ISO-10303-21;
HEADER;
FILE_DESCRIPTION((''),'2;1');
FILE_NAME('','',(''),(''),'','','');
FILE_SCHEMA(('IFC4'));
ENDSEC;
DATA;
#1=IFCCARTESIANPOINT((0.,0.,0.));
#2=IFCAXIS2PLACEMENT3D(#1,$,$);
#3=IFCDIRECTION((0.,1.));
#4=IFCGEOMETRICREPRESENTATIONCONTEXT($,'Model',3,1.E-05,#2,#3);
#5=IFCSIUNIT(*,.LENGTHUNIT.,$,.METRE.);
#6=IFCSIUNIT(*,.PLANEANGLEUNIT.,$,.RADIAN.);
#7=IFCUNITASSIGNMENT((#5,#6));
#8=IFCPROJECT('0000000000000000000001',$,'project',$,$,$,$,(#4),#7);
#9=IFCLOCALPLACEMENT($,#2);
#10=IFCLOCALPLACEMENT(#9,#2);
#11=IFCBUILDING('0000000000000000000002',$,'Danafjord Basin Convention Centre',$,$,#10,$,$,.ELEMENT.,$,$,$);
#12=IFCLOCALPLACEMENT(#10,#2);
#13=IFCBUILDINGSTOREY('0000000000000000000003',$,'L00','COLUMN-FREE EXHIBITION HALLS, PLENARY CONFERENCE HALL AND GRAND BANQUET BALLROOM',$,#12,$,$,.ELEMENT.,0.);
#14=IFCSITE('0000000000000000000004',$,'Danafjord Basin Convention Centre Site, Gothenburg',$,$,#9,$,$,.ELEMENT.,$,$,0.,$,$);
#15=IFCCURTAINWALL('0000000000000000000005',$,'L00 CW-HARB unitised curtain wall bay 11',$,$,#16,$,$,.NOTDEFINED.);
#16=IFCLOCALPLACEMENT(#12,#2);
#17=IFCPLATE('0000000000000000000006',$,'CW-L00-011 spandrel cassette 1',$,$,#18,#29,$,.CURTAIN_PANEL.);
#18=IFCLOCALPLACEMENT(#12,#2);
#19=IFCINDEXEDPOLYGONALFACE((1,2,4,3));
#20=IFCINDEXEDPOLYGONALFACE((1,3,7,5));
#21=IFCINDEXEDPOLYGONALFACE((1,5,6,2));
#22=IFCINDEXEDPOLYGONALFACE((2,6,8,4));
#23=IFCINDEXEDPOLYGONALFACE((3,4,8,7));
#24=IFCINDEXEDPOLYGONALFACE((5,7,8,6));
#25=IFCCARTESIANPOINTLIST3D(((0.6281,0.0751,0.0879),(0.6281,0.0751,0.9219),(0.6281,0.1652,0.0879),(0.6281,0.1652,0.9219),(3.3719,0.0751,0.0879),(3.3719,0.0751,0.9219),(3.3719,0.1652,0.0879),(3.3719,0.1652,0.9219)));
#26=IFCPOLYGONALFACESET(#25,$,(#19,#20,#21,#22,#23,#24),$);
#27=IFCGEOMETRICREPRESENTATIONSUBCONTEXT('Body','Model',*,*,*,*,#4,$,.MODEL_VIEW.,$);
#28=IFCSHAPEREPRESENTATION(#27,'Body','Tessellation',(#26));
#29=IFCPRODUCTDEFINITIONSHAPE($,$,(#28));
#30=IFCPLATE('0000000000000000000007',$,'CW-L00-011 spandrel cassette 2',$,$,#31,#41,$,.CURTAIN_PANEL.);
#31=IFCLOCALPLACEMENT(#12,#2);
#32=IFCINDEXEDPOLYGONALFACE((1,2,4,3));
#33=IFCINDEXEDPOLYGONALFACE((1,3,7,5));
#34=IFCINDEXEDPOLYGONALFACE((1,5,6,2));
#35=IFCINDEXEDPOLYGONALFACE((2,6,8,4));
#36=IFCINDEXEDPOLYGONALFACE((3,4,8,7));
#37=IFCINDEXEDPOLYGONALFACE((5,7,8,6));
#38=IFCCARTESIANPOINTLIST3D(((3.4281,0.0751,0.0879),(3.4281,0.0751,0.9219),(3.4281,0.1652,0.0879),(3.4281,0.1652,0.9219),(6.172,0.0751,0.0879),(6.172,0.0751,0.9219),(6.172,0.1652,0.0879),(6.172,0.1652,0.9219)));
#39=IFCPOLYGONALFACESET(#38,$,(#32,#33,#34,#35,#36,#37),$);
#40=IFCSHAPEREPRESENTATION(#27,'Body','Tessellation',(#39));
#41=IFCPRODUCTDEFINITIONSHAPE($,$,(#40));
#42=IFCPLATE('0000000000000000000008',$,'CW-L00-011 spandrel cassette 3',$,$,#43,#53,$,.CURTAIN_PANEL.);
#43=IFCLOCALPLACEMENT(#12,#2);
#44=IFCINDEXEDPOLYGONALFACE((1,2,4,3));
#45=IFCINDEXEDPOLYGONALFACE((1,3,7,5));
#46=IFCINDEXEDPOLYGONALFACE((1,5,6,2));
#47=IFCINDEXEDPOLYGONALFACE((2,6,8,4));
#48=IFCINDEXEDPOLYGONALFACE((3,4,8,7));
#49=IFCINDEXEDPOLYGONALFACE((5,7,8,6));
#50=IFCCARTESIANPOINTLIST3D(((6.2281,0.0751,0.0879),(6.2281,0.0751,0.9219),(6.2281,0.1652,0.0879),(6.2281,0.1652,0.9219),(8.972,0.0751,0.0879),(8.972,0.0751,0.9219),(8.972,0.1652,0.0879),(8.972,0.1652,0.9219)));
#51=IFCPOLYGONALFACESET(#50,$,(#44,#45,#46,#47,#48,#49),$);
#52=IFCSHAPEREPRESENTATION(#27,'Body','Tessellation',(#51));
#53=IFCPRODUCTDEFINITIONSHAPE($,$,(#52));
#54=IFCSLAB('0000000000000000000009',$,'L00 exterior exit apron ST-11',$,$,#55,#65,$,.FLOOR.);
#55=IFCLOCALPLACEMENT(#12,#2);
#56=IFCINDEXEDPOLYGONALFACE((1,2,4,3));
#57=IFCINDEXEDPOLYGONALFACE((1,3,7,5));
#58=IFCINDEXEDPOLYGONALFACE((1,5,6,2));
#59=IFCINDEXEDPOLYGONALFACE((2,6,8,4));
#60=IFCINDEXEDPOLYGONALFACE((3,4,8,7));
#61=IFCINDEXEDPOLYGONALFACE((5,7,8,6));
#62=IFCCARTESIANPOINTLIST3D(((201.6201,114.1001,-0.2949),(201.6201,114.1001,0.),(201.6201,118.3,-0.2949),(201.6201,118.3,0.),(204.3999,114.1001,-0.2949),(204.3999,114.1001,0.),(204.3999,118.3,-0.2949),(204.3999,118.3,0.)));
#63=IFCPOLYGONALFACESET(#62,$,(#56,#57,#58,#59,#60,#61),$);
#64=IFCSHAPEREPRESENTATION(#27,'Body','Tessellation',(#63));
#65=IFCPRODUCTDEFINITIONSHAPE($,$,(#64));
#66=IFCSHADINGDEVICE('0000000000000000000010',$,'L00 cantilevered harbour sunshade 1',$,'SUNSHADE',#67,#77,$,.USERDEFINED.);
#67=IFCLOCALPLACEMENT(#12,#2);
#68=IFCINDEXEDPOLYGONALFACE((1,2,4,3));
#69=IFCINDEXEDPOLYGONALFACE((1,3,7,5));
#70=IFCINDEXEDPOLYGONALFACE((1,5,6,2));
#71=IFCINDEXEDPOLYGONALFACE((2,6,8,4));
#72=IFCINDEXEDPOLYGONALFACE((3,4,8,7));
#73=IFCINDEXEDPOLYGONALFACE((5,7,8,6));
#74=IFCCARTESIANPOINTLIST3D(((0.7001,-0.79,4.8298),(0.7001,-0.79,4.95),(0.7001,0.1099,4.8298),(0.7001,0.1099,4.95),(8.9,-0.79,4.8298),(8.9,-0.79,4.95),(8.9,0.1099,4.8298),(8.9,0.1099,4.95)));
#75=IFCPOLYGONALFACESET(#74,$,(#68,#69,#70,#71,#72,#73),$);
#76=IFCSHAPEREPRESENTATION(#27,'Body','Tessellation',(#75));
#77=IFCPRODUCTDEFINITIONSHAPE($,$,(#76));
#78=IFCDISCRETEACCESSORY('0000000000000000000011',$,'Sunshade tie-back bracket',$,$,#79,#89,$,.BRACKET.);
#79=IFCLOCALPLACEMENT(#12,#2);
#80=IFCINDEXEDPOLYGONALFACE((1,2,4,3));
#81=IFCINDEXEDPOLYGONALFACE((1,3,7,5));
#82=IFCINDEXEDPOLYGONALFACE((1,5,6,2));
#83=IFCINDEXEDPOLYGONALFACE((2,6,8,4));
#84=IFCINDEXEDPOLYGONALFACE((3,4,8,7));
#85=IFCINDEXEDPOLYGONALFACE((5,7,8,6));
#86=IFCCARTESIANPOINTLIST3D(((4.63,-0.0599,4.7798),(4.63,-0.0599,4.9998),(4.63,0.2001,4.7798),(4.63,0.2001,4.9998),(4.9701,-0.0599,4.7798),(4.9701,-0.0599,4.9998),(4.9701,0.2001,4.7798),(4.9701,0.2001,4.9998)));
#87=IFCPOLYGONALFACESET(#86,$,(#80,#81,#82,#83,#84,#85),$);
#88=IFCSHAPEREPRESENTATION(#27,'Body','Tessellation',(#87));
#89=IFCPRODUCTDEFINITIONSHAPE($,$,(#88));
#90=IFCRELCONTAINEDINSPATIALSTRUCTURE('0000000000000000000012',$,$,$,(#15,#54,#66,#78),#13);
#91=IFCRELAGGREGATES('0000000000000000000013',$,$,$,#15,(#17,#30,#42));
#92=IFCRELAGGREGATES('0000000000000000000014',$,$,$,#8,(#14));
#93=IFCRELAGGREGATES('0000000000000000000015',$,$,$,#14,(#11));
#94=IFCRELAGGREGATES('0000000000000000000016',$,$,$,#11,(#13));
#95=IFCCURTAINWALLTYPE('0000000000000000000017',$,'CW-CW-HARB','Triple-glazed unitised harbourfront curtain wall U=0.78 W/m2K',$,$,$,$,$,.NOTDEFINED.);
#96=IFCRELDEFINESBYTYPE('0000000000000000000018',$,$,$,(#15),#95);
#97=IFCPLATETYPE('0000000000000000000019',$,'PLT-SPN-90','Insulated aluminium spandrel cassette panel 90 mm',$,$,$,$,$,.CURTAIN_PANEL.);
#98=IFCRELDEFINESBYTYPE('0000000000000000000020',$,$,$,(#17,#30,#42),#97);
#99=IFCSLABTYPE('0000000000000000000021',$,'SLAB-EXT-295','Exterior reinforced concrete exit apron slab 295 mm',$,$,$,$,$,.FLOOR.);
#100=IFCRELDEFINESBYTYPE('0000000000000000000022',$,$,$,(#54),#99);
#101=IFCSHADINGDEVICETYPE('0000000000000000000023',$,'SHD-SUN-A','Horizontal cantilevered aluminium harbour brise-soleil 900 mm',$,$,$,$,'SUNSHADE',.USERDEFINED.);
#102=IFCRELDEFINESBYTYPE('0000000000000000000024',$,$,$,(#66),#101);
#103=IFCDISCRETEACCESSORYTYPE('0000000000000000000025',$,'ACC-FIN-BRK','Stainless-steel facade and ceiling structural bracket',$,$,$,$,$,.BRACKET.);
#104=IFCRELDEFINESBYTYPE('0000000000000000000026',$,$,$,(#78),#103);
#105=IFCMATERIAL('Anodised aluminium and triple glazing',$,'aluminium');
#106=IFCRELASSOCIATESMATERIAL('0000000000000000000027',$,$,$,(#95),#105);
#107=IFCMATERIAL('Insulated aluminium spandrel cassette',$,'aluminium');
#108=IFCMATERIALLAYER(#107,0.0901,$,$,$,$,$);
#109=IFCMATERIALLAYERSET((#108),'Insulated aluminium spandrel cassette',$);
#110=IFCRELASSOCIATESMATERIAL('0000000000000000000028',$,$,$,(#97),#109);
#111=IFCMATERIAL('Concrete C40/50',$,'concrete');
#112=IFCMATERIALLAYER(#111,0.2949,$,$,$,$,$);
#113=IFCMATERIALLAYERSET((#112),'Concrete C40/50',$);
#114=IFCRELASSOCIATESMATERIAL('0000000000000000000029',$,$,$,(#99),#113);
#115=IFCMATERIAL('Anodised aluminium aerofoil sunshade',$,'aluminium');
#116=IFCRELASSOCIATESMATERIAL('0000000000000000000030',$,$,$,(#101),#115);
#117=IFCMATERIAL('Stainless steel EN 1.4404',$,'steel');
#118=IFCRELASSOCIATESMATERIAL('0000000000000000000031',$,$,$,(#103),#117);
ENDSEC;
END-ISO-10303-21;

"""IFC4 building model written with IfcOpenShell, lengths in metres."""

from ifc_helpers import new_model, si_unit, direction, frame, origin, origin_2d, place, context, subcontext, project, spatial, polyline, rectangle, outline, extrude, material, layer, layer_set, type_object, element, aggregate, save


model = new_model("IFC4")

# Units and contexts
model_context = context("Model", 3, precision=1e-05, world=origin(), true_north=direction((0.0, 1.0)))
body_context = subcontext(model_context, "Body", "Model", "MODEL_VIEW")
ifc_project = project(units=[si_unit("LENGTHUNIT", "METRE"), si_unit("PLANEANGLEUNIT", "RADIAN")], contexts=[model_context])

# Site, building, storey
site_placement = place(None, origin())
site = spatial("IfcSite", under=ifc_project, at=site_placement, Name="Danafjord Basin Convention Centre Site, Gothenburg", CompositionType="ELEMENT", RefElevation=0.0)
building_placement = place(site_placement, origin())
building = spatial("IfcBuilding", under=site, at=building_placement, Name="Danafjord Basin Convention Centre", CompositionType="ELEMENT")
storey_placement = place(building_placement, origin())
storey = spatial("IfcBuildingStorey", under=building, at=storey_placement, Name="L00", Description="COLUMN-FREE EXHIBITION HALLS, PLENARY CONFERENCE HALL AND GRAND BANQUET BALLROOM", CompositionType="ELEMENT", Elevation=0.0)

# Shared definitions
ifc_material_1 = material(Name="Concrete C40/50", Category="concrete")

# Curtain wall, plates
ifc_material_2 = material(Name="Anodised aluminium and triple glazing", Category="aluminium")
curtain_wall_type = type_object("IfcCurtainWallType", Name="CW-CW-HARB", Description="Triple-glazed unitised harbourfront curtain wall U=0.78 W/m2K", PredefinedType="NOTDEFINED", material=ifc_material_2)
curtain_wall_placement = place(storey_placement, origin())
curtain_wall = element("IfcCurtainWall", 1, at=curtain_wall_placement, inside=storey, type_object=curtain_wall_type, Name="L00 CW-HARB unitised curtain wall bay 11", PredefinedType="NOTDEFINED")
ifc_material_3 = material(Name="Insulated aluminium spandrel cassette", Category="aluminium")
ifc_layer_1 = layer(ifc_material_3, 0.0901)
ifc_layer_set_1 = layer_set([ifc_layer_1], Name="Insulated aluminium spandrel cassette")
plate_type_1 = type_object("IfcPlateType", Name="PLT-SPN-90", Description="Insulated aluminium spandrel cassette panel 90 mm", PredefinedType="CURTAIN_PANEL", material=ifc_layer_set_1)
plate_1_placement = place(storey_placement, frame((2.0, 0.1201, 0.0879), z_axis=(0.0, 0.0, 1.0), x_axis=(1.0, 0.0, 0.0)))
plate_1 = element("IfcPlate", 2, at=plate_1_placement, type_object=plate_type_1, Name="CW-L00-011 spandrel cassette 1", PredefinedType="CURTAIN_PANEL", context=body_context, shape_type="SweptSolid", body=[
    extrude(rectangle(XDim=2.7439, YDim=0.0901, at=origin_2d()), origin(), (0.0, 0.0, 1.0), 0.834),
])
plate_2_placement = place(storey_placement, frame((4.8, 0.1201, 0.0879), z_axis=(0.0, 0.0, 1.0), x_axis=(1.0, 0.0, 0.0)))
plate_2 = element("IfcPlate", 3, at=plate_2_placement, type_object=plate_type_1, Name="CW-L00-011 spandrel cassette 2", PredefinedType="CURTAIN_PANEL", context=body_context, shape_type="SweptSolid", body=[
    extrude(rectangle(XDim=2.7439, YDim=0.0901, at=origin_2d()), origin(), (0.0, 0.0, 1.0), 0.834),
])
plate_3_placement = place(storey_placement, frame((7.6001, 0.1201, 0.0879), z_axis=(0.0, 0.0, 1.0), x_axis=(1.0, 0.0, 0.0)))
plate_3 = element("IfcPlate", 4, at=plate_3_placement, type_object=plate_type_1, Name="CW-L00-011 spandrel cassette 3", PredefinedType="CURTAIN_PANEL", context=body_context, shape_type="SweptSolid", body=[
    extrude(rectangle(XDim=2.7439, YDim=0.0901, at=origin_2d()), origin(), (0.0, 0.0, 1.0), 0.834),
])
aggregate(curtain_wall, [plate_1, plate_2, plate_3])

# Slab
ifc_layer_2 = layer(ifc_material_1, 0.2949)
ifc_layer_set_2 = layer_set([ifc_layer_2], Name="Concrete C40/50")
slab_type = type_object("IfcSlabType", Name="SLAB-EXT-295", Description="Exterior reinforced concrete exit apron slab 295 mm", PredefinedType="FLOOR", material=ifc_layer_set_2)
slab_placement = place(storey_placement, frame((0.0, 0.0, -0.2949)))
element("IfcSlab", 5, at=slab_placement, inside=storey, type_object=slab_type, Name="L00 exterior exit apron ST-11", PredefinedType="FLOOR", context=body_context, shape_type="SweptSolid", body=[
    extrude(outline(polyline([(201.6201, 114.1001), (204.3999, 114.1001), (204.3999, 118.3), (201.6201, 118.3), (201.6201, 114.1001)])), origin(), (0.0, 0.0, 1.0), 0.2949),
])

# Shading device
ifc_material_4 = material(Name="Anodised aluminium aerofoil sunshade", Category="aluminium")
shading_device_type = type_object("IfcShadingDeviceType", Name="SHD-SUN-A", Description="Horizontal cantilevered aluminium harbour brise-soleil 900 mm", ElementType="SUNSHADE", PredefinedType="USERDEFINED", material=ifc_material_4)
shading_device_placement = place(storey_placement, frame((4.8, -0.3401, 4.8298), z_axis=(0.0, 0.0, 1.0), x_axis=(1.0, 0.0, 0.0)))
element("IfcShadingDevice", 6, at=shading_device_placement, inside=storey, type_object=shading_device_type, Name="L00 cantilevered harbour sunshade 1", ObjectType="SUNSHADE", PredefinedType="USERDEFINED", context=body_context, shape_type="SweptSolid", body=[
    extrude(rectangle(XDim=8.2, YDim=0.8999, at=origin_2d()), origin(), (0.0, 0.0, 1.0), 0.1201),
])

# Discrete accessory
ifc_material_5 = material(Name="Stainless steel EN 1.4404", Category="steel")
discrete_accessory_type = type_object("IfcDiscreteAccessoryType", Name="ACC-FIN-BRK", Description="Stainless-steel facade and ceiling structural bracket", PredefinedType="BRACKET", material=ifc_material_5)
discrete_accessory_placement = place(storey_placement, frame((4.8, 0.0701, 4.7798), z_axis=(0.0, 0.0, 1.0), x_axis=(1.0, 0.0, 0.0)))
element("IfcDiscreteAccessory", 7, at=discrete_accessory_placement, inside=storey, type_object=discrete_accessory_type, Name="Sunshade tie-back bracket", PredefinedType="BRACKET", context=body_context, shape_type="SweptSolid", body=[
    extrude(rectangle(XDim=0.3401, YDim=0.26, at=origin_2d()), origin(), (0.0, 0.0, 1.0), 0.22),
])

save(model, "model.ifc")
